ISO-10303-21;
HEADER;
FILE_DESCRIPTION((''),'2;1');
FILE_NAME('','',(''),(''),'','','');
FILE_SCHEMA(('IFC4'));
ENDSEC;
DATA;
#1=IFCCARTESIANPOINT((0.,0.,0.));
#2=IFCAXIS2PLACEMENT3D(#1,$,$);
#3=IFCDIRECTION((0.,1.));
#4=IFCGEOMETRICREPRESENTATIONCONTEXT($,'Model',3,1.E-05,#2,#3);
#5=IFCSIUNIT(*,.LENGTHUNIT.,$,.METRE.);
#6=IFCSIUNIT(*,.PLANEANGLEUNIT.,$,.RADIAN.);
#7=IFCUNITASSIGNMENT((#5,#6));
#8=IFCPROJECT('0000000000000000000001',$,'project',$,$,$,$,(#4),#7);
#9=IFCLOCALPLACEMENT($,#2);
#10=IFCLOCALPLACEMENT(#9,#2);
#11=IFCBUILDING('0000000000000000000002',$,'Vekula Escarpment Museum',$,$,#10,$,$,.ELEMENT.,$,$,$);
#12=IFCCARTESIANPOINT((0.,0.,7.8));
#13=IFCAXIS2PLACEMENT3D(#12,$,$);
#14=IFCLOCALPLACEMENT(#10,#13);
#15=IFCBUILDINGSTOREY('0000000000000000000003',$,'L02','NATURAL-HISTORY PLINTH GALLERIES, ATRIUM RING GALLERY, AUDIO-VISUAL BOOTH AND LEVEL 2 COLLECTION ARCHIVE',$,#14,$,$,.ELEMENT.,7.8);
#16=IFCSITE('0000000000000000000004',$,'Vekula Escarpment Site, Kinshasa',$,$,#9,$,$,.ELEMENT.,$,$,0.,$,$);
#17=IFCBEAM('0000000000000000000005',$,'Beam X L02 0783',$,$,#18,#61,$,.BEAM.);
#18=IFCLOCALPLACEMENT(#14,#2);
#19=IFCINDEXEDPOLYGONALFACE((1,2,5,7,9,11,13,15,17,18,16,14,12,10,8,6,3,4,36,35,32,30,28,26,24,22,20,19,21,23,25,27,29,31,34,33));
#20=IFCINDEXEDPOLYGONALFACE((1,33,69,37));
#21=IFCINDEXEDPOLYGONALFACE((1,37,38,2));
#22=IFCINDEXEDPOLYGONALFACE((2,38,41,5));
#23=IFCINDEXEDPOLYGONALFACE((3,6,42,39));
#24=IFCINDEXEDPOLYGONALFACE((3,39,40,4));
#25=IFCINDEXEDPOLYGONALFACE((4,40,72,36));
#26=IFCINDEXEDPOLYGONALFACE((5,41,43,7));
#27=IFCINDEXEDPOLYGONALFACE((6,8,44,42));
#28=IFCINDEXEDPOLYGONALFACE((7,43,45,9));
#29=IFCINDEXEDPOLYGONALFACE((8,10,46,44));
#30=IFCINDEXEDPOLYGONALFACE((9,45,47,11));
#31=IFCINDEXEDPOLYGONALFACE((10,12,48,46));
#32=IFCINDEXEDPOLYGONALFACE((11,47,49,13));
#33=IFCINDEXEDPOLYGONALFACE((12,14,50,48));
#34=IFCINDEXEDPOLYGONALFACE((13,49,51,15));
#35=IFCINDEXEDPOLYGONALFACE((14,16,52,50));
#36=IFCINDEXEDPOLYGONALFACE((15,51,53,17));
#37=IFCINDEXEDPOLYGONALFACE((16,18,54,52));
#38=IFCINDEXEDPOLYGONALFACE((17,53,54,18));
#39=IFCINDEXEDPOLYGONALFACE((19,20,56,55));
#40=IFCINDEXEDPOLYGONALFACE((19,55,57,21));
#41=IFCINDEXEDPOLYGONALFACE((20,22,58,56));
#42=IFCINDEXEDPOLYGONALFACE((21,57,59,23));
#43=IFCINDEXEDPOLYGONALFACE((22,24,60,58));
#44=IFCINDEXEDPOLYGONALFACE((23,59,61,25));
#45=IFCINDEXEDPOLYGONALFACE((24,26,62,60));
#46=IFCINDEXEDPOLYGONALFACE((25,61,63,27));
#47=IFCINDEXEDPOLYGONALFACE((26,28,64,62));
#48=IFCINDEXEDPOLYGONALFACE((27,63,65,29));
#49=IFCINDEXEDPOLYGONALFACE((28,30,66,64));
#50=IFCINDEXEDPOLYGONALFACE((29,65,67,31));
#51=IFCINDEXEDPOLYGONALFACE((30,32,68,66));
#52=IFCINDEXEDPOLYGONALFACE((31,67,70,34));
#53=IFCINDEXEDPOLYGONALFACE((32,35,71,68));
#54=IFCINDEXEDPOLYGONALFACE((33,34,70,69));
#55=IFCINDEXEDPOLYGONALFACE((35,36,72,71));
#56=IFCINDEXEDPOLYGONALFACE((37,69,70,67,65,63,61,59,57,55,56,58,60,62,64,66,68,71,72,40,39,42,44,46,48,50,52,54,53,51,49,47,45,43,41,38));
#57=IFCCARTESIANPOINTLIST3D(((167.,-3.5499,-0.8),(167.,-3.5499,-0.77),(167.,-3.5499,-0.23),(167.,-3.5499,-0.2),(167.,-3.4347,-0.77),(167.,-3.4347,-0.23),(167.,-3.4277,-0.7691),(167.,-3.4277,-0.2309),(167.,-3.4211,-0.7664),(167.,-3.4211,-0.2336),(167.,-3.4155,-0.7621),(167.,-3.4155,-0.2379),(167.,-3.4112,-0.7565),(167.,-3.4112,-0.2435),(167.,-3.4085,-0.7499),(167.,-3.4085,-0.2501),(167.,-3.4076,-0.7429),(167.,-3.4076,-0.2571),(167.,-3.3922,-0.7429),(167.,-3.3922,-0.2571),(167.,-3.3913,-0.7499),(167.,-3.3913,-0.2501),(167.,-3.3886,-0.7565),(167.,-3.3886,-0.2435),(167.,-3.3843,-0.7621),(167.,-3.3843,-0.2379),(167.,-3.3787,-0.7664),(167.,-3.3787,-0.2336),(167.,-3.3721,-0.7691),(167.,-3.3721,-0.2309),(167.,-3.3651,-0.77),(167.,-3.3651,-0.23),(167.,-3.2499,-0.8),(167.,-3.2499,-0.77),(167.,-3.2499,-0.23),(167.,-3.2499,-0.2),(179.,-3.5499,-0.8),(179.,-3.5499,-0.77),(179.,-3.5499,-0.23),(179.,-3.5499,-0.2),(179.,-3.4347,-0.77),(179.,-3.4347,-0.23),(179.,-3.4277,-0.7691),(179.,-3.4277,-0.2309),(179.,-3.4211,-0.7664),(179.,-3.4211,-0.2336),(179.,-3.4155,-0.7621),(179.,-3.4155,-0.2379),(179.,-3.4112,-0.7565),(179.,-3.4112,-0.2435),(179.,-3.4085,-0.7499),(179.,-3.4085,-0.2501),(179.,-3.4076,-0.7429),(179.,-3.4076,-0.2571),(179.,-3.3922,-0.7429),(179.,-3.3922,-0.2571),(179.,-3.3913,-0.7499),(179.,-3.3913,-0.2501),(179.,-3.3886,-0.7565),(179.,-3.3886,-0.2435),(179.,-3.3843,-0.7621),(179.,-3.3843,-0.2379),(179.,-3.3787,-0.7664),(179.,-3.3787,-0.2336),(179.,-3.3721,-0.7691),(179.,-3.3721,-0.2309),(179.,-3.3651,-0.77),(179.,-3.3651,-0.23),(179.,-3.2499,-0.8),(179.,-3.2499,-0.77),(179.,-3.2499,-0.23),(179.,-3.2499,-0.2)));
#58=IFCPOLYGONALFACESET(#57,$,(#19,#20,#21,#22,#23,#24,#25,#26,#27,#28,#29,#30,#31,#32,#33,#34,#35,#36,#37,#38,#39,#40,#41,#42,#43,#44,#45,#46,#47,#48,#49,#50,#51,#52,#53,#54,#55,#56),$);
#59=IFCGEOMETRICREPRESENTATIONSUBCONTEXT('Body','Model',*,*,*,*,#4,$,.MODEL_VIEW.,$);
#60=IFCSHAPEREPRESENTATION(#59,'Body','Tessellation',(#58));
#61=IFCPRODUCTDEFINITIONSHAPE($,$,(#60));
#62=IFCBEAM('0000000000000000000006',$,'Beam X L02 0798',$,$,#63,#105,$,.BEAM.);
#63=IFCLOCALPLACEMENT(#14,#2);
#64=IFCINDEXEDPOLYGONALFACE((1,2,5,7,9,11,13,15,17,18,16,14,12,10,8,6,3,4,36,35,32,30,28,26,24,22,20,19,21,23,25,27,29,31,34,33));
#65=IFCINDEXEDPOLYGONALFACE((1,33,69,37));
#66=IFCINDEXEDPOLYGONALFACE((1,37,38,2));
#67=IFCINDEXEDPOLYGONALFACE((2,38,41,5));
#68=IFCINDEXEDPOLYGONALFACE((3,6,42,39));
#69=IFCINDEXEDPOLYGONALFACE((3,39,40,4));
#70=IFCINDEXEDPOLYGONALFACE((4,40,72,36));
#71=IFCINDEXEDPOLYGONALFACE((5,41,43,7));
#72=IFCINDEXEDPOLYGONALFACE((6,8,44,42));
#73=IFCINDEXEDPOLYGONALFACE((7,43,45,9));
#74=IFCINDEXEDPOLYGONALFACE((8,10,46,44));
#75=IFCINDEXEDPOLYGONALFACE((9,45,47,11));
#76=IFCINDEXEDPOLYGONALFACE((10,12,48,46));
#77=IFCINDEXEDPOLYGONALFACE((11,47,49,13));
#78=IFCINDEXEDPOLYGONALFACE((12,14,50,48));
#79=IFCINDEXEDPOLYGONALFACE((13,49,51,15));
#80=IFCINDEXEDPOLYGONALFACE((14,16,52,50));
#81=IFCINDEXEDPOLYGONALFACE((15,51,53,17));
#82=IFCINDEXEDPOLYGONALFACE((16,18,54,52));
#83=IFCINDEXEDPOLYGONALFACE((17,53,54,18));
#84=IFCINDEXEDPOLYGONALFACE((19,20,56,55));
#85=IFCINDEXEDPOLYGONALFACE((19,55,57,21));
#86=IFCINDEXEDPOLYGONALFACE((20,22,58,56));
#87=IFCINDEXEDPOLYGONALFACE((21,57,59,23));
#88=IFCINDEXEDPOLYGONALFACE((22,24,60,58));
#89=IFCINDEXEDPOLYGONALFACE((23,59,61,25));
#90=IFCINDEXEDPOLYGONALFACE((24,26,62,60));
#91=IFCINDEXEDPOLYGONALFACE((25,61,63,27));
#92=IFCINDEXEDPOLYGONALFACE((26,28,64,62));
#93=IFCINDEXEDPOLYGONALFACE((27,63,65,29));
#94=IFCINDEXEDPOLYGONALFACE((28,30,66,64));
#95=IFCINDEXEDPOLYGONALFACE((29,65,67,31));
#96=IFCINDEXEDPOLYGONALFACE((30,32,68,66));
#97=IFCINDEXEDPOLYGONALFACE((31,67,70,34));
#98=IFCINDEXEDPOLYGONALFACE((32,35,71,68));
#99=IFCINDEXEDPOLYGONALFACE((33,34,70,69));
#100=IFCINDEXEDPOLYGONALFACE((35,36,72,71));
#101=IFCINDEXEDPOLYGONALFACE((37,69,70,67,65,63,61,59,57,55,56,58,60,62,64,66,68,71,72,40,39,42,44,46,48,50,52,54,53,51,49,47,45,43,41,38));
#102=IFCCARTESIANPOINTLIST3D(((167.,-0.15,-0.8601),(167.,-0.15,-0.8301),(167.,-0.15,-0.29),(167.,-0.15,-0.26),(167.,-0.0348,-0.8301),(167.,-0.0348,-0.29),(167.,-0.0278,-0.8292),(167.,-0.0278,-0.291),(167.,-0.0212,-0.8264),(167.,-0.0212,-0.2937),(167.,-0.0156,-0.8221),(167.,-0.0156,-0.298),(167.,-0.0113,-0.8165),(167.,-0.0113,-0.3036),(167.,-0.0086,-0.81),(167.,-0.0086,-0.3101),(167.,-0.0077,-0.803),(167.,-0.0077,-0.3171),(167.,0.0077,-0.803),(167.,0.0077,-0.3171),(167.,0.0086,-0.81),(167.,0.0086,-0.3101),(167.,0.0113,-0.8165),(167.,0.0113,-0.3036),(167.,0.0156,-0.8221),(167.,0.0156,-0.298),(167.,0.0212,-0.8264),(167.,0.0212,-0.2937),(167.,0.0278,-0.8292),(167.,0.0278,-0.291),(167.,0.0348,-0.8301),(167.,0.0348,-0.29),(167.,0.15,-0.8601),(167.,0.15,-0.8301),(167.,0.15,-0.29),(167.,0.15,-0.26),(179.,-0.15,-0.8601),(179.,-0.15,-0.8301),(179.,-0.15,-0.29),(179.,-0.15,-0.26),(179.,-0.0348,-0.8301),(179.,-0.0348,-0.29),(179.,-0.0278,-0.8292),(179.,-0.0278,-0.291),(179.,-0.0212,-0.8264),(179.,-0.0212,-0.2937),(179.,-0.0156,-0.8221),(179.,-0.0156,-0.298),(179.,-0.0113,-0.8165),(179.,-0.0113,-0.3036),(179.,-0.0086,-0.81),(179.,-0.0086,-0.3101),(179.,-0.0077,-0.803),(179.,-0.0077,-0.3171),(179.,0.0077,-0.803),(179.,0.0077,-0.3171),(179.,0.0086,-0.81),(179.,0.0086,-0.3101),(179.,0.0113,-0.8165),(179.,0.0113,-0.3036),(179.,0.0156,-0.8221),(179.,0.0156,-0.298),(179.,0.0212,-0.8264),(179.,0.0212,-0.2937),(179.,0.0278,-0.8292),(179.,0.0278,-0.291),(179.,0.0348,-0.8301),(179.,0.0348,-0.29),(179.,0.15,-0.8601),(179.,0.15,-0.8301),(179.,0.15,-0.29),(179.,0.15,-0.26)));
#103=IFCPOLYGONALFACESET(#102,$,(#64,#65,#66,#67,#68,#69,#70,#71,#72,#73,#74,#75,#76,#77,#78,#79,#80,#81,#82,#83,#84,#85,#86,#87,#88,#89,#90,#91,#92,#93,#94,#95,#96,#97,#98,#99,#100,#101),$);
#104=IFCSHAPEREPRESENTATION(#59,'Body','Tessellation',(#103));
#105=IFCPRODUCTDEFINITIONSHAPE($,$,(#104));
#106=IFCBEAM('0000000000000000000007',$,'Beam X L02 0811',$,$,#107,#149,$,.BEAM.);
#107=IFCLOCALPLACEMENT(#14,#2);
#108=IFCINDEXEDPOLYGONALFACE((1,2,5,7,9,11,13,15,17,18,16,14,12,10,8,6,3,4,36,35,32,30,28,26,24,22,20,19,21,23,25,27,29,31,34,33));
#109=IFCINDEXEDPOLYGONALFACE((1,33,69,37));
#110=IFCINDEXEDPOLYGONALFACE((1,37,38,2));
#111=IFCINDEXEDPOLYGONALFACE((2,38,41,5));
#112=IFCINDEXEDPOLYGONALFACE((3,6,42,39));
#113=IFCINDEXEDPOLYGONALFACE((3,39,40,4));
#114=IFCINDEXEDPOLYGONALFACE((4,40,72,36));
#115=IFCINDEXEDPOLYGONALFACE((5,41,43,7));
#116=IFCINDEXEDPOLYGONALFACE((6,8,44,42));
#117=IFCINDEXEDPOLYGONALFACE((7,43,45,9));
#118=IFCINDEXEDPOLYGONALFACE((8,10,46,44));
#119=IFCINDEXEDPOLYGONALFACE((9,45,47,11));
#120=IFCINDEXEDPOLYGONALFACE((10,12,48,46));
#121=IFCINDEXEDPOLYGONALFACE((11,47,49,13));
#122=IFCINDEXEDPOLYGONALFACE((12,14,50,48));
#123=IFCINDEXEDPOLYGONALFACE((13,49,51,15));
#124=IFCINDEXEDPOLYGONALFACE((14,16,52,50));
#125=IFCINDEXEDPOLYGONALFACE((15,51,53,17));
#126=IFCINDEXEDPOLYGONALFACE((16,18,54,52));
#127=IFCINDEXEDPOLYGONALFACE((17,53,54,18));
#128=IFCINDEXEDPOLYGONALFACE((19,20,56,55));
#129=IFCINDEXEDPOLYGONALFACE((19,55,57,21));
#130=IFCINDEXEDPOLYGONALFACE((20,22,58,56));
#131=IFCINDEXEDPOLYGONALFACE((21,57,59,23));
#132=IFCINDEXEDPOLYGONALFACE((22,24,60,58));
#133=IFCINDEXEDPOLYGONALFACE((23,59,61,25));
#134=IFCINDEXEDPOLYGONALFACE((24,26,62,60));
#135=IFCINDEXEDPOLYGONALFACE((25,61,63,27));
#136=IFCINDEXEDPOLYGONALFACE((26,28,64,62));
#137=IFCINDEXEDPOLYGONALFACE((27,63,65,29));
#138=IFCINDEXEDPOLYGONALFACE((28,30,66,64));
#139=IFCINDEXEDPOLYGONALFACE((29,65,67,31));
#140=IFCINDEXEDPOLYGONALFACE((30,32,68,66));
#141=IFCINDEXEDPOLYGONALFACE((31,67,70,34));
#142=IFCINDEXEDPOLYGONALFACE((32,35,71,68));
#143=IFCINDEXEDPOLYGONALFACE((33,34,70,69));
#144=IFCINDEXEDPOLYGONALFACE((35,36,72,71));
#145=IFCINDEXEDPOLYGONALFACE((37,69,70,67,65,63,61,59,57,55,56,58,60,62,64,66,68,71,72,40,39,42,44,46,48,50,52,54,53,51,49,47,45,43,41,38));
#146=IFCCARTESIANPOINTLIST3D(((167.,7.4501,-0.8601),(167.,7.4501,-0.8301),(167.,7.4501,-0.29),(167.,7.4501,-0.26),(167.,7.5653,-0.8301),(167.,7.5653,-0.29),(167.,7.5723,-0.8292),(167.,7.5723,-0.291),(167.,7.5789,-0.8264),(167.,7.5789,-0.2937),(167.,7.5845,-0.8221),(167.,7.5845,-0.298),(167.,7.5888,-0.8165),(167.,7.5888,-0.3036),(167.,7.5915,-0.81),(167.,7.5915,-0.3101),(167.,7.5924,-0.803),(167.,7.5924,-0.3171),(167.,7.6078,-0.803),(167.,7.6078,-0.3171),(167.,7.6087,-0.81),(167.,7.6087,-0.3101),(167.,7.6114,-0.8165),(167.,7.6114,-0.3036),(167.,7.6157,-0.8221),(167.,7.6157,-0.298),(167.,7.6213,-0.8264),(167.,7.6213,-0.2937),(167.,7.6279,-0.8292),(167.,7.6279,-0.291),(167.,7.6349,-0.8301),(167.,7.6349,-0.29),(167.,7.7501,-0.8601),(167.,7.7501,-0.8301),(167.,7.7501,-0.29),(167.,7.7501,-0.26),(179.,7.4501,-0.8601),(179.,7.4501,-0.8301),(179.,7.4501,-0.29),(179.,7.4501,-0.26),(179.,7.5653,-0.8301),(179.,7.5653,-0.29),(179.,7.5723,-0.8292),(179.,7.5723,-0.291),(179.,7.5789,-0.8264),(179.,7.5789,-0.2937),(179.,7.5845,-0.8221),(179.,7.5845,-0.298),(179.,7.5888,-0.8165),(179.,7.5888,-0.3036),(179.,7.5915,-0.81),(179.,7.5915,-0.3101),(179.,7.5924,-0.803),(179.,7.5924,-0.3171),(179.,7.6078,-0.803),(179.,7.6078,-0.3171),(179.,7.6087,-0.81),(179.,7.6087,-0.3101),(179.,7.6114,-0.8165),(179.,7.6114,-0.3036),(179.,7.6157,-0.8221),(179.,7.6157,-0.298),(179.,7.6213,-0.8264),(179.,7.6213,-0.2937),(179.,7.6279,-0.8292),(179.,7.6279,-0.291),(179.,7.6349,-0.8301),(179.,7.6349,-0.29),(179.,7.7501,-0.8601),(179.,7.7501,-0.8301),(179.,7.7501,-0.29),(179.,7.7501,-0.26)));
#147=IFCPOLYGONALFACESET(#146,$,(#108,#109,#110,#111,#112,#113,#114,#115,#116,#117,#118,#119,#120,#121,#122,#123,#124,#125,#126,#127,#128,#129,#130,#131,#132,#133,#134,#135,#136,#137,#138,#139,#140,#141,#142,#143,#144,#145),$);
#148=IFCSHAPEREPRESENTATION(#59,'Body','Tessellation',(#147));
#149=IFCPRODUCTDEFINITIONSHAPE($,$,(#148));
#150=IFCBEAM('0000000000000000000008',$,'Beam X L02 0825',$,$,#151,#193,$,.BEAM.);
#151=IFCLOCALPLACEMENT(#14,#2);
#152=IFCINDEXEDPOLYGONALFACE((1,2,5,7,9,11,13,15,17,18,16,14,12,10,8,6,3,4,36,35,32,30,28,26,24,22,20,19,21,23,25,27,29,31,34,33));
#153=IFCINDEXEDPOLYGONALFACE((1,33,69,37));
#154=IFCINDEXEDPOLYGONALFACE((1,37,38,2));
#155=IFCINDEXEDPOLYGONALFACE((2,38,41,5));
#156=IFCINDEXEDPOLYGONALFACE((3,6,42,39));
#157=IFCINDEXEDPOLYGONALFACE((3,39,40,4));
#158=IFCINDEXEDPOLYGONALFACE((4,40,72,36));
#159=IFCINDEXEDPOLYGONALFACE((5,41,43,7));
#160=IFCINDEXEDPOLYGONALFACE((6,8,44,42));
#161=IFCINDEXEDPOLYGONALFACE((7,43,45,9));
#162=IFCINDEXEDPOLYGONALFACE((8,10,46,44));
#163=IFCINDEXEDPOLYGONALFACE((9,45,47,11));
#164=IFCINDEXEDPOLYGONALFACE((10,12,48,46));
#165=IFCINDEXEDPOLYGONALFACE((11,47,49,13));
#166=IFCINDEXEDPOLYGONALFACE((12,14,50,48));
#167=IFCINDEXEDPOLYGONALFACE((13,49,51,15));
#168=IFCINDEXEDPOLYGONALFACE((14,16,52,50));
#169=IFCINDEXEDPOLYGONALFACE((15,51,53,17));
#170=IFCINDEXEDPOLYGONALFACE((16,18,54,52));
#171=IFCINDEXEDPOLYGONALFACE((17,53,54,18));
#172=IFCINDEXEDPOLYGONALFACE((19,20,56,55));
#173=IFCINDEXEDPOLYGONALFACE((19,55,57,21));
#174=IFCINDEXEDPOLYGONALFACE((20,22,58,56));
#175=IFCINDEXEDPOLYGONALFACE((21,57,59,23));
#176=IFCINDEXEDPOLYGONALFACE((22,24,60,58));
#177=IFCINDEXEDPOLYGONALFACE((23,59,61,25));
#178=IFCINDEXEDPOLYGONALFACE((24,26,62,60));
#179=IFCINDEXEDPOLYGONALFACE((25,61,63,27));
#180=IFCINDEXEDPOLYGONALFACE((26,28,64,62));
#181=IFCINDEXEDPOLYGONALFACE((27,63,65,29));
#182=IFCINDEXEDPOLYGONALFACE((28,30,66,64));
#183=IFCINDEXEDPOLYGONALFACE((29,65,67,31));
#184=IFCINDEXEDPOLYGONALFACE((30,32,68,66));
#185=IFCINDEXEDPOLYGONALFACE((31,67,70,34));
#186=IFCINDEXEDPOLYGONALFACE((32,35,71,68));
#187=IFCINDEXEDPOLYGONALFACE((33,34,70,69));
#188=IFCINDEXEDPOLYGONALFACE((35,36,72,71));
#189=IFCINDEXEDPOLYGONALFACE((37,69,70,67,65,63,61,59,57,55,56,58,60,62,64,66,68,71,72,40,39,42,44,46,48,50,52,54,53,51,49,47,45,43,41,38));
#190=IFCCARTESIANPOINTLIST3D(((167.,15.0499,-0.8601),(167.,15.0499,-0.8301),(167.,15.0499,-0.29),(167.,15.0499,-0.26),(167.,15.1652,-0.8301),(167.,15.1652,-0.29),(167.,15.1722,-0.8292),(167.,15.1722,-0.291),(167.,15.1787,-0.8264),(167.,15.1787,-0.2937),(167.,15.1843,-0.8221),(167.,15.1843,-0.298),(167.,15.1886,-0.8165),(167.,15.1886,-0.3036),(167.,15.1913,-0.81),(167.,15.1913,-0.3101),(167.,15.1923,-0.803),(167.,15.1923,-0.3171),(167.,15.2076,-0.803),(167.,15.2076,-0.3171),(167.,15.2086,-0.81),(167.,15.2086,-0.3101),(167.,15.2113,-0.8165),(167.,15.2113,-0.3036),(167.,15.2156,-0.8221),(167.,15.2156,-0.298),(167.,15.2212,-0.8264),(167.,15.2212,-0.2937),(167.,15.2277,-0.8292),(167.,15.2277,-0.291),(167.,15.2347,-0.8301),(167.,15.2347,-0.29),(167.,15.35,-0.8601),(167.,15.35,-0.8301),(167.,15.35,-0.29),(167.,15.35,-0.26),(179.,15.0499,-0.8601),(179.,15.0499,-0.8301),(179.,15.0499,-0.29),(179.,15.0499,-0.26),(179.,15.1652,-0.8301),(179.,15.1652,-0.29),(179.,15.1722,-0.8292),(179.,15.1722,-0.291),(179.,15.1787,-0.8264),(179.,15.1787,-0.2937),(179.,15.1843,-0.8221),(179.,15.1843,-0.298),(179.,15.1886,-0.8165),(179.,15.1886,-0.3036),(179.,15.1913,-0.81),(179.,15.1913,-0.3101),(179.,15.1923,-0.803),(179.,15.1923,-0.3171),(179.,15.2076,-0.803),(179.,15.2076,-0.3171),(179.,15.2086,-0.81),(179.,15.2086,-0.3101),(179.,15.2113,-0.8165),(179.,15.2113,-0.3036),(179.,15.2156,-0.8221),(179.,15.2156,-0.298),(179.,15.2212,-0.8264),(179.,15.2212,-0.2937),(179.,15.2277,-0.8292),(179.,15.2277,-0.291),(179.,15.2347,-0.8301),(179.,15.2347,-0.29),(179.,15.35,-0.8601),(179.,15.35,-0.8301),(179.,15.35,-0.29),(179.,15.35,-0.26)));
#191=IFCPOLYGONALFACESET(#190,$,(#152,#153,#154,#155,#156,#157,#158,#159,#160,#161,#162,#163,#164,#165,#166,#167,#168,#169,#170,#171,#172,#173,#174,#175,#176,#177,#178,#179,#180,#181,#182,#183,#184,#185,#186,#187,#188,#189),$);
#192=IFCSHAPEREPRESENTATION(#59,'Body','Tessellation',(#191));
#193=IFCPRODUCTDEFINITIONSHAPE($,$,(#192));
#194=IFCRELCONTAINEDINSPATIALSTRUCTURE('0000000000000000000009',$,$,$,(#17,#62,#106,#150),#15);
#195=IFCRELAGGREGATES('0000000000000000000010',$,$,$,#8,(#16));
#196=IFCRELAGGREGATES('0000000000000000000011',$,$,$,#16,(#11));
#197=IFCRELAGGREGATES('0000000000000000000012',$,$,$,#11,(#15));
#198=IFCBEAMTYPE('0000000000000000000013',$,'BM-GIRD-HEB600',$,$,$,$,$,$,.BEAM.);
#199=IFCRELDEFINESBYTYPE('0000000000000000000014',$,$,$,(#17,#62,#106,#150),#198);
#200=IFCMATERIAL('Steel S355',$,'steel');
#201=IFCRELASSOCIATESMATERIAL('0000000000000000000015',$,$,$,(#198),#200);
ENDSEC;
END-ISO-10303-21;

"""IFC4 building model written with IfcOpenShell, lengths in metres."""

from ifc_helpers import new_model, si_unit, direction, frame, origin, origin_2d, place, context, subcontext, project, spatial, i_section, extrude, material, material_profile, profile_set, type_object, element, save


model = new_model("IFC4")

# Units and contexts
model_context = context("Model", 3, precision=1e-05, world=origin(), true_north=direction((0.0, 1.0)))
body_context = subcontext(model_context, "Body", "Model", "MODEL_VIEW")
ifc_project = project(units=[si_unit("LENGTHUNIT", "METRE"), si_unit("PLANEANGLEUNIT", "RADIAN")], contexts=[model_context])

# Site, building, storey
site_placement = place(None, origin())
site = spatial("IfcSite", under=ifc_project, at=site_placement, Name="Vekula Escarpment Site, Kinshasa", CompositionType="ELEMENT", RefElevation=0.0)
building_placement = place(site_placement, origin())
building = spatial("IfcBuilding", under=site, at=building_placement, Name="Vekula Escarpment Museum", CompositionType="ELEMENT")
storey_placement = place(building_placement, frame((0.0, 0.0, 7.8)))
storey = spatial("IfcBuildingStorey", under=building, at=storey_placement, Name="L02", Description="NATURAL-HISTORY PLINTH GALLERIES, ATRIUM RING GALLERY, AUDIO-VISUAL BOOTH AND LEVEL 2 COLLECTION ARCHIVE", CompositionType="ELEMENT", Elevation=7.8)

# Beams
ifc_material_1 = material(Name="Steel S355", Category="steel")
ifc_material_profile_1 = material_profile(ifc_material_1, i_section(OverallWidth=0.3, OverallDepth=0.6001, WebThickness=0.0154, FlangeThickness=0.03, FilletRadius=0.0271, at=origin_2d()), Name="HEB 600")
ifc_profile_set_1 = profile_set([ifc_material_profile_1], Name="Steel S355")
beam_type_1 = type_object("IfcBeamType", Name="BM-GIRD-HEB600", PredefinedType="BEAM", material=ifc_profile_set_1)
for number, where, z_axis, x_axis, name in (
    (1, (167.0, -3.3999, -0.5), (1.0, 0.0, 0.0), (0.0, 1.0, 0.0), "Beam X L02 0783"),
    (2, (167.0, 0.0, -0.5601), (1.0, 0.0, 0.0), (0.0, 1.0, 0.0), "Beam X L02 0798"),
    (3, (167.0, 7.6001, -0.5601), (1.0, 0.0, 0.0), (0.0, 1.0, 0.0), "Beam X L02 0811"),
    (4, (167.0, 15.2, -0.5601), (1.0, 0.0, 0.0), (0.0, 1.0, 0.0), "Beam X L02 0825"),
):
    element("IfcBeam", number, at=place(storey_placement, frame(where, z_axis=z_axis, x_axis=x_axis)), inside=storey, type_object=beam_type_1, Name=name, PredefinedType="BEAM", context=body_context, shape_type="SweptSolid", body=[
        extrude(i_section(OverallWidth=0.3, OverallDepth=0.6001, WebThickness=0.0154, FlangeThickness=0.03, FilletRadius=0.0271, at=origin_2d()), origin(), (0.0, 0.0, 1.0), 12.0),
    ])

save(model, "model.ifc")
